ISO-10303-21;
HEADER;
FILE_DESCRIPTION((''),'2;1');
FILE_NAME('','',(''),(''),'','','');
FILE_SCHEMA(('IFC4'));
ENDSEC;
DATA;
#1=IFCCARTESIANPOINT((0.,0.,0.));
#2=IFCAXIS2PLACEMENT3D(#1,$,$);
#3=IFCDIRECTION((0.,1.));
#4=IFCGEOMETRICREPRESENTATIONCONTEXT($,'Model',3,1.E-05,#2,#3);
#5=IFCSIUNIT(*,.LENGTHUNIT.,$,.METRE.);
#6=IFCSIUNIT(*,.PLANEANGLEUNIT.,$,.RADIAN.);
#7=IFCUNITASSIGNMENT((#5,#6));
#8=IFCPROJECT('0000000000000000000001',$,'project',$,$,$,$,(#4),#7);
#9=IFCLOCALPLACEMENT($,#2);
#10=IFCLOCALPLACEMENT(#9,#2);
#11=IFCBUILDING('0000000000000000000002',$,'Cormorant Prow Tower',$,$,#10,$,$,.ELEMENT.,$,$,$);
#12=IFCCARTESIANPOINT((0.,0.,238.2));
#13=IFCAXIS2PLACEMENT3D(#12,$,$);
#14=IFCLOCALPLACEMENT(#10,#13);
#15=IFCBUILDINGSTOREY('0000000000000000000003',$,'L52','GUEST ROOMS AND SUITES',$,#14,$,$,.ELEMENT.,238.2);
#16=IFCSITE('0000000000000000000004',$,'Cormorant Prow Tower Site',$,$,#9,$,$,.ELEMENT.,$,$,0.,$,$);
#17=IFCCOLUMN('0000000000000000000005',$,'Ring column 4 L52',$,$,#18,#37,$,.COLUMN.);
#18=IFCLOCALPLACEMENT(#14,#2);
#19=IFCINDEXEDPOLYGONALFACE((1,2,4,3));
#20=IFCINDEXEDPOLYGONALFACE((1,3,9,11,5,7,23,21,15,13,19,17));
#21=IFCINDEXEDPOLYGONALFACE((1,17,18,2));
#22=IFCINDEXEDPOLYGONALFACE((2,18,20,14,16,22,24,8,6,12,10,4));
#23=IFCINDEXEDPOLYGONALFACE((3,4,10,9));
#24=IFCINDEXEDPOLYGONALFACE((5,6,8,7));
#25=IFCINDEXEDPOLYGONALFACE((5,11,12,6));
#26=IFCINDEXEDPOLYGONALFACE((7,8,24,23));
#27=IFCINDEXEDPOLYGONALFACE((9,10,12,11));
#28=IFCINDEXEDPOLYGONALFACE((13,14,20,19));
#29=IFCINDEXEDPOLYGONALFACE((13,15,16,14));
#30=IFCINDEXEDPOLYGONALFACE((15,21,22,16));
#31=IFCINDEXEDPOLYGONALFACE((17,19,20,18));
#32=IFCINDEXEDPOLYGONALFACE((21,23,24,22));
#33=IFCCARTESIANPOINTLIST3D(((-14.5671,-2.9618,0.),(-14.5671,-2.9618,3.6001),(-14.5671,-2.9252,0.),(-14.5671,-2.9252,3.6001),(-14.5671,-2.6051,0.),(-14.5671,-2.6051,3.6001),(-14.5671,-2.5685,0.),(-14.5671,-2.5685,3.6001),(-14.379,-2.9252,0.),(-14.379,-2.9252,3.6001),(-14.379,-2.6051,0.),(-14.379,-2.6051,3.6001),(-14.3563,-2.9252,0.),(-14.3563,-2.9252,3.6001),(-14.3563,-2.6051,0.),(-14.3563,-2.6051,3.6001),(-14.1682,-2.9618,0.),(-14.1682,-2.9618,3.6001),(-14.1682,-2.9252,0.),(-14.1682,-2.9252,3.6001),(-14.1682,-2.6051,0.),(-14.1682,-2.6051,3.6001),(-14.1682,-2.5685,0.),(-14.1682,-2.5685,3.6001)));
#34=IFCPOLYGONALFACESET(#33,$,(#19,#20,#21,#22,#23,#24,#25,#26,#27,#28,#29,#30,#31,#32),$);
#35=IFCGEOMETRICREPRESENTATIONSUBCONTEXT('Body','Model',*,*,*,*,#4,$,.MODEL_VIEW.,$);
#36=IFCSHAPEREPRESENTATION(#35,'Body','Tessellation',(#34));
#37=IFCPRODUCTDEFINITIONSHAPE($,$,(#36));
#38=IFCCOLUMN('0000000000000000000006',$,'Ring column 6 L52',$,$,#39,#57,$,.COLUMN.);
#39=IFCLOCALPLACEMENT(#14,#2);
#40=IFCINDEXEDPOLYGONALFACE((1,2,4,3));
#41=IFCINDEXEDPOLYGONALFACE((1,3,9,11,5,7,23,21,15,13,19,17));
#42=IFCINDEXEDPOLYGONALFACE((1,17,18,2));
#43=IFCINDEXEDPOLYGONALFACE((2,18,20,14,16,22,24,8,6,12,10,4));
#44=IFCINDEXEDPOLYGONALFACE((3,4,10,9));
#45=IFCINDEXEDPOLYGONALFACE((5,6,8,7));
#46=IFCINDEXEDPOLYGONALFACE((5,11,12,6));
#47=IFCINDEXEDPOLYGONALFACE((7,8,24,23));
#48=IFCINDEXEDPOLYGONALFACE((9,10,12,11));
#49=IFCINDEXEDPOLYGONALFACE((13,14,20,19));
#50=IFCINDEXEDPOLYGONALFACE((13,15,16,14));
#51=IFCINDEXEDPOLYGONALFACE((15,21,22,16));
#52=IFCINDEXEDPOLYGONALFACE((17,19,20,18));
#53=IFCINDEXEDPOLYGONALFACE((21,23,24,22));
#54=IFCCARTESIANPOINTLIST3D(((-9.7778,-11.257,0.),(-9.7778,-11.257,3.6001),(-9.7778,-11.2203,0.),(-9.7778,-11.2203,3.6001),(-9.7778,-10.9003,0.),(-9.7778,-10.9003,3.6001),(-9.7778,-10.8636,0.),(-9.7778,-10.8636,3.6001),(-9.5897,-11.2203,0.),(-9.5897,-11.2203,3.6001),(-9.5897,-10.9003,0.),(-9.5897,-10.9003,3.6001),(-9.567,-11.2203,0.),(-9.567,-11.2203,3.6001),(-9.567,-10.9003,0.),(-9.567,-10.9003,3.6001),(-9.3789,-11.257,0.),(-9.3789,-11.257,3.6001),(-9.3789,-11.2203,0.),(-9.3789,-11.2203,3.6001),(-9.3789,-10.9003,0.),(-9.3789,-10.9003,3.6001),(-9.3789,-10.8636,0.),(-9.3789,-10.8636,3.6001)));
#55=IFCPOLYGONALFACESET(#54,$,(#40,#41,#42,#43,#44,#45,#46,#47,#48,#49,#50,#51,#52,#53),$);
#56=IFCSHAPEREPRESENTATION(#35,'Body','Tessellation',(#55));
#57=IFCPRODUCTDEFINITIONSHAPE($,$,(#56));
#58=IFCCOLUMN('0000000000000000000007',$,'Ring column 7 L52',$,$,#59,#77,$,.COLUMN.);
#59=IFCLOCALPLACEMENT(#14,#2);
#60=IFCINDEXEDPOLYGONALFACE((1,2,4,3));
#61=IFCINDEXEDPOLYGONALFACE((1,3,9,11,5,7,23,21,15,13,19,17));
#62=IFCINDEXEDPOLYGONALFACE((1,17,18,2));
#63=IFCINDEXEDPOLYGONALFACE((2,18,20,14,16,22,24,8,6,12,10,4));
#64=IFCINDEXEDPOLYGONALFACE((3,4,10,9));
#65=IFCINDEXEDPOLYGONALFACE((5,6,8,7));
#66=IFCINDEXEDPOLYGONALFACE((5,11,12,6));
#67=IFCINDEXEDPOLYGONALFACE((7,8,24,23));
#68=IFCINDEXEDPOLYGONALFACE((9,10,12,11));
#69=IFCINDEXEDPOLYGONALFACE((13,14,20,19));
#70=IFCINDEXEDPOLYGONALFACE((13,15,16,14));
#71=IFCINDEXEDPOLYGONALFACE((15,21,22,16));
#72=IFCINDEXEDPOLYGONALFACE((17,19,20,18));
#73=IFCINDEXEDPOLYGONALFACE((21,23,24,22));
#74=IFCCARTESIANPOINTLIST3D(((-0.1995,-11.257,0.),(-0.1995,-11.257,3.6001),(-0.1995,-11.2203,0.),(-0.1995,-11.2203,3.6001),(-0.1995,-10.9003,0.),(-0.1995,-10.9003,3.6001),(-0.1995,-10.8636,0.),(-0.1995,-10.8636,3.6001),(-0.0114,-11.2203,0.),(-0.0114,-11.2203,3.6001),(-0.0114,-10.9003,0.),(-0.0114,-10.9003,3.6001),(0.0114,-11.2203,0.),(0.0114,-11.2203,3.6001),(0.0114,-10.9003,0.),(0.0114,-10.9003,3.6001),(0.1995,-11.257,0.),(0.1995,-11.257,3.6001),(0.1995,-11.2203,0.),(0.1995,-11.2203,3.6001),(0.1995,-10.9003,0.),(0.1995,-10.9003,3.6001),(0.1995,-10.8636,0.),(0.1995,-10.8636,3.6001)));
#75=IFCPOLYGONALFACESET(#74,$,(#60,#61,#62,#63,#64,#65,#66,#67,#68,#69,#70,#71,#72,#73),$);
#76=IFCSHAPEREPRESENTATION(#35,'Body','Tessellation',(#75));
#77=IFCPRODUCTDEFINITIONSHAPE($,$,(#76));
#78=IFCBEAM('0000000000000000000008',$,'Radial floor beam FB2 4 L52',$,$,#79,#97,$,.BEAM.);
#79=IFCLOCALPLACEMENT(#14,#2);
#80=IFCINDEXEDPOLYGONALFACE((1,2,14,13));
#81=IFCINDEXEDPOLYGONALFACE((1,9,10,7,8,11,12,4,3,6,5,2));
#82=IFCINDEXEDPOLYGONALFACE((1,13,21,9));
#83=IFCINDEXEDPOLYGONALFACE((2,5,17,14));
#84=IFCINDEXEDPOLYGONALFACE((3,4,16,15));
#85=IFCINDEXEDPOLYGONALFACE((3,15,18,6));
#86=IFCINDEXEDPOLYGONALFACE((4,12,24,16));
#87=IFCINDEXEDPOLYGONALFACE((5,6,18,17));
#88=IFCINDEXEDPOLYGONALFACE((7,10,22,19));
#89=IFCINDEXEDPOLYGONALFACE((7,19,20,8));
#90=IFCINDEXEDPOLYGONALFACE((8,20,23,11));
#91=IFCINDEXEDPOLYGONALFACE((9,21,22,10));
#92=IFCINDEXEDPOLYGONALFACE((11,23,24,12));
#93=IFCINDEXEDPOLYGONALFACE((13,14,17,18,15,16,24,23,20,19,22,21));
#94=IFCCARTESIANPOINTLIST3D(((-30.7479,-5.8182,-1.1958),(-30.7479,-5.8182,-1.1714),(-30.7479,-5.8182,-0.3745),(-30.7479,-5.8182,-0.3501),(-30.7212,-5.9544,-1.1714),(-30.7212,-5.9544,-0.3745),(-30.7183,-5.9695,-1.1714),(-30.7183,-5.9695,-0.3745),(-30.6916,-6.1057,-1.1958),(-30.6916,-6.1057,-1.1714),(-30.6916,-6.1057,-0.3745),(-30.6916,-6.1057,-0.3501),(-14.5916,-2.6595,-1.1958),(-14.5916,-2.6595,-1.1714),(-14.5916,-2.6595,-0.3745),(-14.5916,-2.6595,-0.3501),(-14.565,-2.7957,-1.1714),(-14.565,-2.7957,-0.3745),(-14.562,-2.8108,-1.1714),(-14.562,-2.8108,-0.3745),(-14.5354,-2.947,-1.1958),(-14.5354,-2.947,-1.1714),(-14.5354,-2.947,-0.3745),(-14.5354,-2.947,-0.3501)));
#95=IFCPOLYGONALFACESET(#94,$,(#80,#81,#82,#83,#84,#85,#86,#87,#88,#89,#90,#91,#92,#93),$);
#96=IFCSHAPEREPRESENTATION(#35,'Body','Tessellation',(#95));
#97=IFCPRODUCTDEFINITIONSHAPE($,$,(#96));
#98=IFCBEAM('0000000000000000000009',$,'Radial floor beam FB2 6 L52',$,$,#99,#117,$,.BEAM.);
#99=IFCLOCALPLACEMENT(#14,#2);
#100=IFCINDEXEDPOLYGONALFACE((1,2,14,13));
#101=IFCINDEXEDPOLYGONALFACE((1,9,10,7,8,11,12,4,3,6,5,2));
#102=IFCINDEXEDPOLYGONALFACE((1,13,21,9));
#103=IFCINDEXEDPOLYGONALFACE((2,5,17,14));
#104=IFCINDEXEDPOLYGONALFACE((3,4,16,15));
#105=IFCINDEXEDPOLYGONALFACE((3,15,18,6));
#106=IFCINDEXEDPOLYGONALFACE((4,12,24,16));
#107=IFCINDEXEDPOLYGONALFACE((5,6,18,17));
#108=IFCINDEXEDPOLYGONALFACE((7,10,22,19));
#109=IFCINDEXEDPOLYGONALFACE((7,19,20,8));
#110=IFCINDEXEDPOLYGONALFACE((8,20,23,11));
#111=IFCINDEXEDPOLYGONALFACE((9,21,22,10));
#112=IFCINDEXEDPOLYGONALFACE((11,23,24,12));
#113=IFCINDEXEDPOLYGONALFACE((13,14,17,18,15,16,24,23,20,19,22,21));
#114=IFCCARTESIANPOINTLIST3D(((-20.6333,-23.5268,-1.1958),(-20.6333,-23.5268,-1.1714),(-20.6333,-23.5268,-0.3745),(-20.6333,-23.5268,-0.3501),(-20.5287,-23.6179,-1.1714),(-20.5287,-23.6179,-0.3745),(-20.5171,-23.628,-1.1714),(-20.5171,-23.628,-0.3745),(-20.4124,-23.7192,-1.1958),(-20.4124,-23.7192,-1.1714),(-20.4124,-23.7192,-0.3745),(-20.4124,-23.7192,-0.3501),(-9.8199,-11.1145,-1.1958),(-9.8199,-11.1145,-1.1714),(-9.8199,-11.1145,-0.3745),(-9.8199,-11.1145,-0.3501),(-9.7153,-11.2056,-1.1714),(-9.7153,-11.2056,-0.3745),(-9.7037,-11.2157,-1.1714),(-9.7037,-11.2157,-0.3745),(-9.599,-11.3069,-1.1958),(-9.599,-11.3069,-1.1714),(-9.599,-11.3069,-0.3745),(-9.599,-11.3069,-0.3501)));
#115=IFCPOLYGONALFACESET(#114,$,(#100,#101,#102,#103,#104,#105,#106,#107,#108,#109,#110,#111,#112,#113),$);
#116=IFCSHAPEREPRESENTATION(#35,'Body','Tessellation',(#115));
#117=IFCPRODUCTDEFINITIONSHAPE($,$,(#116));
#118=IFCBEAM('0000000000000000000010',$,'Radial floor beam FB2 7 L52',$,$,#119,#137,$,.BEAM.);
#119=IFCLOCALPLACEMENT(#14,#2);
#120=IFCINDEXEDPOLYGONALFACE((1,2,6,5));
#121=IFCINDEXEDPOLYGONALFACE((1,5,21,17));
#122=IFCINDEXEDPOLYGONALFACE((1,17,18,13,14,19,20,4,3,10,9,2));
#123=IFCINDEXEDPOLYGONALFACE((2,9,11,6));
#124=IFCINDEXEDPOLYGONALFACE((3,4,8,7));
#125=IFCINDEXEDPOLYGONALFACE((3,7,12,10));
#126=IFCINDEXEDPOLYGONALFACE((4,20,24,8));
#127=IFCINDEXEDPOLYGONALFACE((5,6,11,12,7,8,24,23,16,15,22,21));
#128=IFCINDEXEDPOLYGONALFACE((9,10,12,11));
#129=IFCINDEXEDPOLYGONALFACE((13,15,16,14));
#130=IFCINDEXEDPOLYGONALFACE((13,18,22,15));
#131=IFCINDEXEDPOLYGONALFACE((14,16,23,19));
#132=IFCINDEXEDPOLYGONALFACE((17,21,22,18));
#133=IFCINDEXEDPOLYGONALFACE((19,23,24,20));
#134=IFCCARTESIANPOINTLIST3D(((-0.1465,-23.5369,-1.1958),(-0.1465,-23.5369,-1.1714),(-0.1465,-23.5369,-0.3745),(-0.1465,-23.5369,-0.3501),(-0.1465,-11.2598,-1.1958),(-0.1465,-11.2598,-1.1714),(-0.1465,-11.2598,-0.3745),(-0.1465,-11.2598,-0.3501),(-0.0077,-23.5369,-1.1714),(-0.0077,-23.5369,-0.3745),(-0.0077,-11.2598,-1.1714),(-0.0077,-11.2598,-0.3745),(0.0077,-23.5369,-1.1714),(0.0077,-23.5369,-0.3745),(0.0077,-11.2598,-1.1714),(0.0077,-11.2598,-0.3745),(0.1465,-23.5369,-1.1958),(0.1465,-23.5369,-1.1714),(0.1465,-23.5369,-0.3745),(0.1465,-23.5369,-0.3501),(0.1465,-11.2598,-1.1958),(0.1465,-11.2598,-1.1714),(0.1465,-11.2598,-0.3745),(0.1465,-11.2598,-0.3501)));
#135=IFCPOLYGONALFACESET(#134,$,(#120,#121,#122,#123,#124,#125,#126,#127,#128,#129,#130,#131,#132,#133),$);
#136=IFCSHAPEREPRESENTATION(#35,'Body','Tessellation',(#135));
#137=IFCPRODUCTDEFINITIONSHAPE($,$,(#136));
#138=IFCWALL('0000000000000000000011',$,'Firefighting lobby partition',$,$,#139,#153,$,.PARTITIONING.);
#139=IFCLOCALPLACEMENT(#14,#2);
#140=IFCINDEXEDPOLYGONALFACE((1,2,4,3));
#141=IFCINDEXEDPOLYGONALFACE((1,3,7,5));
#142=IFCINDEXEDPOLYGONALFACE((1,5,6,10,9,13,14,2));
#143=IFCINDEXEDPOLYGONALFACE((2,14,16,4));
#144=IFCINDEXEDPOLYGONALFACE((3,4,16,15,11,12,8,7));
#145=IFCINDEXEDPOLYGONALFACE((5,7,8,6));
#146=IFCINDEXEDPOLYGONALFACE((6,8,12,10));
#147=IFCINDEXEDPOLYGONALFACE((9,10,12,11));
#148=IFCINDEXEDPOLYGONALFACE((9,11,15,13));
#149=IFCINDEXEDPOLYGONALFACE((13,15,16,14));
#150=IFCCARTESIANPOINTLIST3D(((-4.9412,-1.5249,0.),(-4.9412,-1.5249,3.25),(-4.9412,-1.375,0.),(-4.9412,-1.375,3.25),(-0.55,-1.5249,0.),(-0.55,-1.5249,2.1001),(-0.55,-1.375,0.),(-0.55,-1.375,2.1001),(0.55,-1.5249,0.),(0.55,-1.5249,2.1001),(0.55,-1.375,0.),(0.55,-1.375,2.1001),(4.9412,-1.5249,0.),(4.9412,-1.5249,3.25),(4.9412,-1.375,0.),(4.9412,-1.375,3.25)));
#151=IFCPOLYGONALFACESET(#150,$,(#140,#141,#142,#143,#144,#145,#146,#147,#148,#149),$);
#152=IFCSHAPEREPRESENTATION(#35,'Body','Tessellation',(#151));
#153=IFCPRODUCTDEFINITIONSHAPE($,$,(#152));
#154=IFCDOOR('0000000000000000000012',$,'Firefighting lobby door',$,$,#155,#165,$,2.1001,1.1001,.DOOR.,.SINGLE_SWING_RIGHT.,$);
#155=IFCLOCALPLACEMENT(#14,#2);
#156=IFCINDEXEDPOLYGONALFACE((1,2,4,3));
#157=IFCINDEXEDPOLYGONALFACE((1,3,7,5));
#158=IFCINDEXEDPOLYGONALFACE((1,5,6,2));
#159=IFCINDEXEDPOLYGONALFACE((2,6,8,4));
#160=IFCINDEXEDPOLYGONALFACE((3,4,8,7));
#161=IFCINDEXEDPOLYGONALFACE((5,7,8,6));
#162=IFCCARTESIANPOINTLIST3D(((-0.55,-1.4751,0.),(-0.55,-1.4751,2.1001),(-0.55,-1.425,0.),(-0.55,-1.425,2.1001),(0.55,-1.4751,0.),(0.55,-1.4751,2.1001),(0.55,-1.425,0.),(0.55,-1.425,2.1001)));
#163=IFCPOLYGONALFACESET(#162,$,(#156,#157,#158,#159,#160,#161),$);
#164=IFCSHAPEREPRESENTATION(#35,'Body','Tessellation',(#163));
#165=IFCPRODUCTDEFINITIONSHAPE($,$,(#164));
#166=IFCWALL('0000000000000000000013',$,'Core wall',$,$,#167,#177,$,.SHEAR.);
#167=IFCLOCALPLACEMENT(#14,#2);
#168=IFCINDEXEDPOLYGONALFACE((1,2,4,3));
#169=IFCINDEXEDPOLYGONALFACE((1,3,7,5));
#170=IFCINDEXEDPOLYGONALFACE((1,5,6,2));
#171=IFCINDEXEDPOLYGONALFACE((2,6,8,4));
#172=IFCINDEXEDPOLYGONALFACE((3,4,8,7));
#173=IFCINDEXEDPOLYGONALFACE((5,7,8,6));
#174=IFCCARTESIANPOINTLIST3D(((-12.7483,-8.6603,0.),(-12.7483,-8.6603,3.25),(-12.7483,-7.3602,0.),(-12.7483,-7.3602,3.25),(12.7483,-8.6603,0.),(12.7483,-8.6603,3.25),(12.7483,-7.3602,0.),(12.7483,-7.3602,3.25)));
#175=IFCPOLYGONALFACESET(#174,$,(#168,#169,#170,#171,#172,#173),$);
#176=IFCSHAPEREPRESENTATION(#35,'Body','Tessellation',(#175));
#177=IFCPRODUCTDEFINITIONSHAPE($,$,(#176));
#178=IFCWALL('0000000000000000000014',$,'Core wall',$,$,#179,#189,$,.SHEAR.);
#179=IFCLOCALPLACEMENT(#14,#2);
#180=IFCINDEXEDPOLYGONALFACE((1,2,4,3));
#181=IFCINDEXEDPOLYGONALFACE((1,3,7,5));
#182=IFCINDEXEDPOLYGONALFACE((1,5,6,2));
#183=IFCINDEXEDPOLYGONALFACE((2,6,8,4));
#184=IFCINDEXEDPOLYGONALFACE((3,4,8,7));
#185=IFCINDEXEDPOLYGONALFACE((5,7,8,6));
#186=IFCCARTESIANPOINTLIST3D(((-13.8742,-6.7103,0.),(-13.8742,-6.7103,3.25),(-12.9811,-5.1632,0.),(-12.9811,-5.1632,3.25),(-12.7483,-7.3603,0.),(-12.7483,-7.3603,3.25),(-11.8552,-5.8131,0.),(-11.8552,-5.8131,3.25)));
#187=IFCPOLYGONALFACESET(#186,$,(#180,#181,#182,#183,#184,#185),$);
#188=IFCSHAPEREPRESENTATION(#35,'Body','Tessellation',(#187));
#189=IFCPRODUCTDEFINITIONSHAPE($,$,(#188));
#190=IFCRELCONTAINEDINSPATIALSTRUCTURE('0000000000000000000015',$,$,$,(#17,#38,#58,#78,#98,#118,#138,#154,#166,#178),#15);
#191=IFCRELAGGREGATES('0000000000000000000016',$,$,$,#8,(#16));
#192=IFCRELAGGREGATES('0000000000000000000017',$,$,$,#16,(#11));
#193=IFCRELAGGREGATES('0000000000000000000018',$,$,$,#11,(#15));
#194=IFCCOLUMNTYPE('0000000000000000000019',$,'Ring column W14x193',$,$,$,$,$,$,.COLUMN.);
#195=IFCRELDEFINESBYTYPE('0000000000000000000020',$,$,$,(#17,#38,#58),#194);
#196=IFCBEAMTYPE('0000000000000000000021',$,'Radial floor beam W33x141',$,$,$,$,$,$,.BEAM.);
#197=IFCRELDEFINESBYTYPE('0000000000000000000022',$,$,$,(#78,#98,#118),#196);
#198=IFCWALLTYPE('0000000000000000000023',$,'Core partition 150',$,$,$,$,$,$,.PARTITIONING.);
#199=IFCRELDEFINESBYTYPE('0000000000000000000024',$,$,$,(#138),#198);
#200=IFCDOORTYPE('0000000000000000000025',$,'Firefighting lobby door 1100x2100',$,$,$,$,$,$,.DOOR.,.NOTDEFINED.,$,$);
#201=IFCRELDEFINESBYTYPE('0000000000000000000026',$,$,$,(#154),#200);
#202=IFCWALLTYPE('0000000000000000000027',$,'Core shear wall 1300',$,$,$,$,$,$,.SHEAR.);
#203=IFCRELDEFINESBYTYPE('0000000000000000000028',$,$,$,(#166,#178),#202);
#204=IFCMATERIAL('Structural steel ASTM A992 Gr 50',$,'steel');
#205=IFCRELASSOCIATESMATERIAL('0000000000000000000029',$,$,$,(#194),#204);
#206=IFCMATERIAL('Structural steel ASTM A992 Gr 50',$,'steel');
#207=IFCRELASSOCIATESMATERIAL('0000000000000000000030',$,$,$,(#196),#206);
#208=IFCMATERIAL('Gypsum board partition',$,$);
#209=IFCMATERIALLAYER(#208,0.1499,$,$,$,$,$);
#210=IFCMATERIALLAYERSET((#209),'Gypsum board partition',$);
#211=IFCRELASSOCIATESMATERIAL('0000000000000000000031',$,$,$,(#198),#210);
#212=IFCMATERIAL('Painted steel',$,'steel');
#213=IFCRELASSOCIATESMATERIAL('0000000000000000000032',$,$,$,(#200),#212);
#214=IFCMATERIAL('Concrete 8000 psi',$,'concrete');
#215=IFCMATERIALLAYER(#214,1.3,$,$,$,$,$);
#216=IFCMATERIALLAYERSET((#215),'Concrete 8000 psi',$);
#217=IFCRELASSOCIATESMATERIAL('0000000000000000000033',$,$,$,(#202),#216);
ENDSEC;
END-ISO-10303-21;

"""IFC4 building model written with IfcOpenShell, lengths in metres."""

from ifc_helpers import new_model, si_unit, direction, frame, frame_2d, origin, origin_2d, place, context, subcontext, project, spatial, rectangle, i_section, extrude, material, layer, layer_set, material_profile, profile_set, type_object, element, fill, save


model = new_model("IFC4")

# Units and contexts
model_context = context("Model", 3, precision=1e-05, world=origin(), true_north=direction((0.0, 1.0)))
body_context = subcontext(model_context, "Body", "Model", "MODEL_VIEW")
ifc_project = project(units=[si_unit("LENGTHUNIT", "METRE"), si_unit("PLANEANGLEUNIT", "RADIAN")], contexts=[model_context])

# Site, building, storey
site_placement = place(None, origin())
site = spatial("IfcSite", under=ifc_project, at=site_placement, Name="Cormorant Prow Tower Site", CompositionType="ELEMENT", RefElevation=0.0)
building_placement = place(site_placement, origin())
building = spatial("IfcBuilding", under=site, at=building_placement, Name="Cormorant Prow Tower", CompositionType="ELEMENT")
storey_placement = place(building_placement, frame((0.0, 0.0, 238.2)))
storey = spatial("IfcBuildingStorey", under=building, at=storey_placement, Name="L52", Description="GUEST ROOMS AND SUITES", CompositionType="ELEMENT", Elevation=238.2)

# Columns
ifc_material_1 = material(Name="Structural steel ASTM A992 Gr 50", Category="steel")
ifc_material_profile_1 = material_profile(ifc_material_1, i_section(OverallWidth=0.3989, OverallDepth=0.3933, WebThickness=0.0227, FlangeThickness=0.0366, at=origin_2d()), Name="W14x193")
ifc_profile_set_1 = profile_set([ifc_material_profile_1], Name="Structural steel ASTM A992 Gr 50")
column_type = type_object("IfcColumnType", Name="Ring column W14x193", PredefinedType="COLUMN", material=ifc_profile_set_1)
for number, where, z_axis, x_axis, name in (
    (1, (-14.3677, -2.7651, 0.0), (0.0, 0.0, 1.0), (1.0, 0.0, 0.0), "Ring column 4 L52"),
    (2, (-9.5784, -11.0603, 0.0), (0.0, 0.0, 1.0), (1.0, 0.0, 0.0), "Ring column 6 L52"),
    (3, (0.0, -11.0603, 0.0), (0.0, 0.0, 1.0), (1.0, 0.0, 0.0), "Ring column 7 L52"),
):
    element("IfcColumn", number, at=place(storey_placement, frame(where, z_axis=z_axis, x_axis=x_axis)), inside=storey, type_object=column_type, Name=name, PredefinedType="COLUMN", context=body_context, shape_type="SweptSolid", body=[
        extrude(i_section(OverallWidth=0.3989, OverallDepth=0.3933, WebThickness=0.0227, FlangeThickness=0.0366, at=origin_2d()), origin(), (0.0, 0.0, 1.0), 3.6001),
    ])

# Beams
ifc_material_2 = material(Name="Structural steel ASTM A992 Gr 50", Category="steel")
ifc_material_profile_2 = material_profile(ifc_material_2, i_section(OverallWidth=0.293, OverallDepth=0.8457, WebThickness=0.0154, FlangeThickness=0.0244, at=origin_2d()), Name="W33x141")
ifc_profile_set_2 = profile_set([ifc_material_profile_2], Name="Structural steel ASTM A992 Gr 50")
beam_type = type_object("IfcBeamType", Name="Radial floor beam W33x141", PredefinedType="BEAM", material=ifc_profile_set_2)
beam_1_placement = place(storey_placement, frame((-14.5635, -2.8032, -0.7729), z_axis=(-0.981419, -0.191876, 0.0), x_axis=(0.191876, -0.981419, 0.0)))
element("IfcBeam", 4, at=beam_1_placement, inside=storey, type_object=beam_type, Name="Radial floor beam FB2 4 L52", PredefinedType="BEAM", context=body_context, shape_type="SweptSolid", body=[
    extrude(i_section(OverallWidth=0.293, OverallDepth=0.8457, WebThickness=0.0154, FlangeThickness=0.0244, at=origin_2d()), origin(), (0.0, 0.0, 1.0), 16.4622),
])
beam_2_placement = place(storey_placement, frame((-9.7095, -11.2107, -0.7729), z_axis=(-0.656875, -0.754, 0.0), x_axis=(0.754, -0.656875, 0.0)))
element("IfcBeam", 5, at=beam_2_placement, inside=storey, type_object=beam_type, Name="Radial floor beam FB2 6 L52", PredefinedType="BEAM", context=body_context, shape_type="SweptSolid", body=[
    extrude(i_section(OverallWidth=0.293, OverallDepth=0.8457, WebThickness=0.0154, FlangeThickness=0.0244, at=origin_2d()), origin(), (0.0, 0.0, 1.0), 16.4619),
])
beam_3_placement = place(storey_placement, frame((0.0, -11.2598, -0.7729), z_axis=(0.0, -1.0, 0.0), x_axis=(1.0, 0.0, 0.0)))
element("IfcBeam", 6, at=beam_3_placement, inside=storey, type_object=beam_type, Name="Radial floor beam FB2 7 L52", PredefinedType="BEAM", context=body_context, shape_type="SweptSolid", body=[
    extrude(i_section(OverallWidth=0.293, OverallDepth=0.8457, WebThickness=0.0154, FlangeThickness=0.0244, at=origin_2d()), origin(), (0.0, 0.0, 1.0), 12.2771),
])

# Wall, opening, door
ifc_material_3 = material(Name="Gypsum board partition")
ifc_layer_1 = layer(ifc_material_3, 0.1499)
ifc_layer_set_1 = layer_set([ifc_layer_1], Name="Gypsum board partition")
wall_type_1 = type_object("IfcWallType", Name="Core partition 150", PredefinedType="PARTITIONING", material=ifc_layer_set_1)
wall_1_placement = place(storey_placement, frame((-4.9412, -1.45, 0.0), z_axis=(0.0, 0.0, 1.0), x_axis=(1.0, 0.0, 0.0)))
wall_1 = element("IfcWall", 7, at=wall_1_placement, inside=storey, type_object=wall_type_1, Name="Firefighting lobby partition", PredefinedType="PARTITIONING", context=body_context, shape_type="SweptSolid", body=[
    extrude(rectangle(XDim=9.8823, YDim=0.1499, at=frame_2d((4.9412, 0.0))), origin(), (0.0, 0.0, 1.0), 3.25),
])
opening_1_placement = place(wall_1_placement, frame((4.3911, 0.0, 0.0)))
opening_1 = element("IfcOpeningElement", 8, at=opening_1_placement, cuts=wall_1, PredefinedType="OPENING", context=body_context, shape_type="SweptSolid", body=[
    extrude(rectangle(XDim=1.1001, YDim=2.1001, at=frame_2d((0.55, 1.05))), frame((0.0, 0.085, 0.0), z_axis=(0.0, -1.0, 0.0), x_axis=(1.0, 0.0, 0.0)), (0.0, 0.0, 1.0), 0.1699),
])
ifc_material_4 = material(Name="Painted steel", Category="steel")
door_type_1 = type_object("IfcDoorType", Name="Firefighting lobby door 1100x2100", OperationType="NOTDEFINED", PredefinedType="DOOR", material=ifc_material_4)
door_1_placement = place(opening_1_placement, origin())
door_1 = element("IfcDoor", 9, at=door_1_placement, inside=storey, type_object=door_type_1, Name="Firefighting lobby door", OperationType="SINGLE_SWING_RIGHT", OverallHeight=2.1001, OverallWidth=1.1001, PredefinedType="DOOR", context=body_context, shape_type="SweptSolid", body=[
    extrude(rectangle(XDim=1.1001, YDim=2.1001, at=frame_2d((0.55, 1.05))), frame((0.0, 0.0249, 0.0), z_axis=(0.0, -1.0, 0.0), x_axis=(1.0, 0.0, 0.0)), (0.0, 0.0, 1.0), 0.05),
])
fill(opening_1, door_1)

# Walls
ifc_material_5 = material(Name="Concrete 8000 psi", Category="concrete")
ifc_layer_2 = layer(ifc_material_5, 1.3)
ifc_layer_set_2 = layer_set([ifc_layer_2], Name="Concrete 8000 psi")
wall_type_2 = type_object("IfcWallType", Name="Core shear wall 1300", PredefinedType="SHEAR", material=ifc_layer_set_2)
wall_2_placement = place(storey_placement, frame((-12.7483, -8.0103, 0.0), z_axis=(0.0, 0.0, 1.0), x_axis=(1.0, 0.0, 0.0)))
element("IfcWall", 10, at=wall_2_placement, inside=storey, type_object=wall_type_2, Name="Core wall", PredefinedType="SHEAR", context=body_context, shape_type="SweptSolid", body=[
    extrude(rectangle(XDim=25.4966, YDim=1.3, at=frame_2d((12.7483, 0.0))), origin(), (0.0, 0.0, 1.0), 3.25),
])
wall_3_placement = place(storey_placement, frame((-12.4182, -5.4883, 0.0), z_axis=(0.0, 0.0, 1.0), x_axis=(-0.499931, -0.866065, 0.0)))
element("IfcWall", 11, at=wall_3_placement, inside=storey, type_object=wall_type_2, Name="Core wall", PredefinedType="SHEAR", context=body_context, shape_type="SweptSolid", body=[
    extrude(rectangle(XDim=1.7864, YDim=1.3, at=frame_2d((0.8931, 0.0))), origin(), (0.0, 0.0, 1.0), 3.25),
])

save(model, "model.ifc")
